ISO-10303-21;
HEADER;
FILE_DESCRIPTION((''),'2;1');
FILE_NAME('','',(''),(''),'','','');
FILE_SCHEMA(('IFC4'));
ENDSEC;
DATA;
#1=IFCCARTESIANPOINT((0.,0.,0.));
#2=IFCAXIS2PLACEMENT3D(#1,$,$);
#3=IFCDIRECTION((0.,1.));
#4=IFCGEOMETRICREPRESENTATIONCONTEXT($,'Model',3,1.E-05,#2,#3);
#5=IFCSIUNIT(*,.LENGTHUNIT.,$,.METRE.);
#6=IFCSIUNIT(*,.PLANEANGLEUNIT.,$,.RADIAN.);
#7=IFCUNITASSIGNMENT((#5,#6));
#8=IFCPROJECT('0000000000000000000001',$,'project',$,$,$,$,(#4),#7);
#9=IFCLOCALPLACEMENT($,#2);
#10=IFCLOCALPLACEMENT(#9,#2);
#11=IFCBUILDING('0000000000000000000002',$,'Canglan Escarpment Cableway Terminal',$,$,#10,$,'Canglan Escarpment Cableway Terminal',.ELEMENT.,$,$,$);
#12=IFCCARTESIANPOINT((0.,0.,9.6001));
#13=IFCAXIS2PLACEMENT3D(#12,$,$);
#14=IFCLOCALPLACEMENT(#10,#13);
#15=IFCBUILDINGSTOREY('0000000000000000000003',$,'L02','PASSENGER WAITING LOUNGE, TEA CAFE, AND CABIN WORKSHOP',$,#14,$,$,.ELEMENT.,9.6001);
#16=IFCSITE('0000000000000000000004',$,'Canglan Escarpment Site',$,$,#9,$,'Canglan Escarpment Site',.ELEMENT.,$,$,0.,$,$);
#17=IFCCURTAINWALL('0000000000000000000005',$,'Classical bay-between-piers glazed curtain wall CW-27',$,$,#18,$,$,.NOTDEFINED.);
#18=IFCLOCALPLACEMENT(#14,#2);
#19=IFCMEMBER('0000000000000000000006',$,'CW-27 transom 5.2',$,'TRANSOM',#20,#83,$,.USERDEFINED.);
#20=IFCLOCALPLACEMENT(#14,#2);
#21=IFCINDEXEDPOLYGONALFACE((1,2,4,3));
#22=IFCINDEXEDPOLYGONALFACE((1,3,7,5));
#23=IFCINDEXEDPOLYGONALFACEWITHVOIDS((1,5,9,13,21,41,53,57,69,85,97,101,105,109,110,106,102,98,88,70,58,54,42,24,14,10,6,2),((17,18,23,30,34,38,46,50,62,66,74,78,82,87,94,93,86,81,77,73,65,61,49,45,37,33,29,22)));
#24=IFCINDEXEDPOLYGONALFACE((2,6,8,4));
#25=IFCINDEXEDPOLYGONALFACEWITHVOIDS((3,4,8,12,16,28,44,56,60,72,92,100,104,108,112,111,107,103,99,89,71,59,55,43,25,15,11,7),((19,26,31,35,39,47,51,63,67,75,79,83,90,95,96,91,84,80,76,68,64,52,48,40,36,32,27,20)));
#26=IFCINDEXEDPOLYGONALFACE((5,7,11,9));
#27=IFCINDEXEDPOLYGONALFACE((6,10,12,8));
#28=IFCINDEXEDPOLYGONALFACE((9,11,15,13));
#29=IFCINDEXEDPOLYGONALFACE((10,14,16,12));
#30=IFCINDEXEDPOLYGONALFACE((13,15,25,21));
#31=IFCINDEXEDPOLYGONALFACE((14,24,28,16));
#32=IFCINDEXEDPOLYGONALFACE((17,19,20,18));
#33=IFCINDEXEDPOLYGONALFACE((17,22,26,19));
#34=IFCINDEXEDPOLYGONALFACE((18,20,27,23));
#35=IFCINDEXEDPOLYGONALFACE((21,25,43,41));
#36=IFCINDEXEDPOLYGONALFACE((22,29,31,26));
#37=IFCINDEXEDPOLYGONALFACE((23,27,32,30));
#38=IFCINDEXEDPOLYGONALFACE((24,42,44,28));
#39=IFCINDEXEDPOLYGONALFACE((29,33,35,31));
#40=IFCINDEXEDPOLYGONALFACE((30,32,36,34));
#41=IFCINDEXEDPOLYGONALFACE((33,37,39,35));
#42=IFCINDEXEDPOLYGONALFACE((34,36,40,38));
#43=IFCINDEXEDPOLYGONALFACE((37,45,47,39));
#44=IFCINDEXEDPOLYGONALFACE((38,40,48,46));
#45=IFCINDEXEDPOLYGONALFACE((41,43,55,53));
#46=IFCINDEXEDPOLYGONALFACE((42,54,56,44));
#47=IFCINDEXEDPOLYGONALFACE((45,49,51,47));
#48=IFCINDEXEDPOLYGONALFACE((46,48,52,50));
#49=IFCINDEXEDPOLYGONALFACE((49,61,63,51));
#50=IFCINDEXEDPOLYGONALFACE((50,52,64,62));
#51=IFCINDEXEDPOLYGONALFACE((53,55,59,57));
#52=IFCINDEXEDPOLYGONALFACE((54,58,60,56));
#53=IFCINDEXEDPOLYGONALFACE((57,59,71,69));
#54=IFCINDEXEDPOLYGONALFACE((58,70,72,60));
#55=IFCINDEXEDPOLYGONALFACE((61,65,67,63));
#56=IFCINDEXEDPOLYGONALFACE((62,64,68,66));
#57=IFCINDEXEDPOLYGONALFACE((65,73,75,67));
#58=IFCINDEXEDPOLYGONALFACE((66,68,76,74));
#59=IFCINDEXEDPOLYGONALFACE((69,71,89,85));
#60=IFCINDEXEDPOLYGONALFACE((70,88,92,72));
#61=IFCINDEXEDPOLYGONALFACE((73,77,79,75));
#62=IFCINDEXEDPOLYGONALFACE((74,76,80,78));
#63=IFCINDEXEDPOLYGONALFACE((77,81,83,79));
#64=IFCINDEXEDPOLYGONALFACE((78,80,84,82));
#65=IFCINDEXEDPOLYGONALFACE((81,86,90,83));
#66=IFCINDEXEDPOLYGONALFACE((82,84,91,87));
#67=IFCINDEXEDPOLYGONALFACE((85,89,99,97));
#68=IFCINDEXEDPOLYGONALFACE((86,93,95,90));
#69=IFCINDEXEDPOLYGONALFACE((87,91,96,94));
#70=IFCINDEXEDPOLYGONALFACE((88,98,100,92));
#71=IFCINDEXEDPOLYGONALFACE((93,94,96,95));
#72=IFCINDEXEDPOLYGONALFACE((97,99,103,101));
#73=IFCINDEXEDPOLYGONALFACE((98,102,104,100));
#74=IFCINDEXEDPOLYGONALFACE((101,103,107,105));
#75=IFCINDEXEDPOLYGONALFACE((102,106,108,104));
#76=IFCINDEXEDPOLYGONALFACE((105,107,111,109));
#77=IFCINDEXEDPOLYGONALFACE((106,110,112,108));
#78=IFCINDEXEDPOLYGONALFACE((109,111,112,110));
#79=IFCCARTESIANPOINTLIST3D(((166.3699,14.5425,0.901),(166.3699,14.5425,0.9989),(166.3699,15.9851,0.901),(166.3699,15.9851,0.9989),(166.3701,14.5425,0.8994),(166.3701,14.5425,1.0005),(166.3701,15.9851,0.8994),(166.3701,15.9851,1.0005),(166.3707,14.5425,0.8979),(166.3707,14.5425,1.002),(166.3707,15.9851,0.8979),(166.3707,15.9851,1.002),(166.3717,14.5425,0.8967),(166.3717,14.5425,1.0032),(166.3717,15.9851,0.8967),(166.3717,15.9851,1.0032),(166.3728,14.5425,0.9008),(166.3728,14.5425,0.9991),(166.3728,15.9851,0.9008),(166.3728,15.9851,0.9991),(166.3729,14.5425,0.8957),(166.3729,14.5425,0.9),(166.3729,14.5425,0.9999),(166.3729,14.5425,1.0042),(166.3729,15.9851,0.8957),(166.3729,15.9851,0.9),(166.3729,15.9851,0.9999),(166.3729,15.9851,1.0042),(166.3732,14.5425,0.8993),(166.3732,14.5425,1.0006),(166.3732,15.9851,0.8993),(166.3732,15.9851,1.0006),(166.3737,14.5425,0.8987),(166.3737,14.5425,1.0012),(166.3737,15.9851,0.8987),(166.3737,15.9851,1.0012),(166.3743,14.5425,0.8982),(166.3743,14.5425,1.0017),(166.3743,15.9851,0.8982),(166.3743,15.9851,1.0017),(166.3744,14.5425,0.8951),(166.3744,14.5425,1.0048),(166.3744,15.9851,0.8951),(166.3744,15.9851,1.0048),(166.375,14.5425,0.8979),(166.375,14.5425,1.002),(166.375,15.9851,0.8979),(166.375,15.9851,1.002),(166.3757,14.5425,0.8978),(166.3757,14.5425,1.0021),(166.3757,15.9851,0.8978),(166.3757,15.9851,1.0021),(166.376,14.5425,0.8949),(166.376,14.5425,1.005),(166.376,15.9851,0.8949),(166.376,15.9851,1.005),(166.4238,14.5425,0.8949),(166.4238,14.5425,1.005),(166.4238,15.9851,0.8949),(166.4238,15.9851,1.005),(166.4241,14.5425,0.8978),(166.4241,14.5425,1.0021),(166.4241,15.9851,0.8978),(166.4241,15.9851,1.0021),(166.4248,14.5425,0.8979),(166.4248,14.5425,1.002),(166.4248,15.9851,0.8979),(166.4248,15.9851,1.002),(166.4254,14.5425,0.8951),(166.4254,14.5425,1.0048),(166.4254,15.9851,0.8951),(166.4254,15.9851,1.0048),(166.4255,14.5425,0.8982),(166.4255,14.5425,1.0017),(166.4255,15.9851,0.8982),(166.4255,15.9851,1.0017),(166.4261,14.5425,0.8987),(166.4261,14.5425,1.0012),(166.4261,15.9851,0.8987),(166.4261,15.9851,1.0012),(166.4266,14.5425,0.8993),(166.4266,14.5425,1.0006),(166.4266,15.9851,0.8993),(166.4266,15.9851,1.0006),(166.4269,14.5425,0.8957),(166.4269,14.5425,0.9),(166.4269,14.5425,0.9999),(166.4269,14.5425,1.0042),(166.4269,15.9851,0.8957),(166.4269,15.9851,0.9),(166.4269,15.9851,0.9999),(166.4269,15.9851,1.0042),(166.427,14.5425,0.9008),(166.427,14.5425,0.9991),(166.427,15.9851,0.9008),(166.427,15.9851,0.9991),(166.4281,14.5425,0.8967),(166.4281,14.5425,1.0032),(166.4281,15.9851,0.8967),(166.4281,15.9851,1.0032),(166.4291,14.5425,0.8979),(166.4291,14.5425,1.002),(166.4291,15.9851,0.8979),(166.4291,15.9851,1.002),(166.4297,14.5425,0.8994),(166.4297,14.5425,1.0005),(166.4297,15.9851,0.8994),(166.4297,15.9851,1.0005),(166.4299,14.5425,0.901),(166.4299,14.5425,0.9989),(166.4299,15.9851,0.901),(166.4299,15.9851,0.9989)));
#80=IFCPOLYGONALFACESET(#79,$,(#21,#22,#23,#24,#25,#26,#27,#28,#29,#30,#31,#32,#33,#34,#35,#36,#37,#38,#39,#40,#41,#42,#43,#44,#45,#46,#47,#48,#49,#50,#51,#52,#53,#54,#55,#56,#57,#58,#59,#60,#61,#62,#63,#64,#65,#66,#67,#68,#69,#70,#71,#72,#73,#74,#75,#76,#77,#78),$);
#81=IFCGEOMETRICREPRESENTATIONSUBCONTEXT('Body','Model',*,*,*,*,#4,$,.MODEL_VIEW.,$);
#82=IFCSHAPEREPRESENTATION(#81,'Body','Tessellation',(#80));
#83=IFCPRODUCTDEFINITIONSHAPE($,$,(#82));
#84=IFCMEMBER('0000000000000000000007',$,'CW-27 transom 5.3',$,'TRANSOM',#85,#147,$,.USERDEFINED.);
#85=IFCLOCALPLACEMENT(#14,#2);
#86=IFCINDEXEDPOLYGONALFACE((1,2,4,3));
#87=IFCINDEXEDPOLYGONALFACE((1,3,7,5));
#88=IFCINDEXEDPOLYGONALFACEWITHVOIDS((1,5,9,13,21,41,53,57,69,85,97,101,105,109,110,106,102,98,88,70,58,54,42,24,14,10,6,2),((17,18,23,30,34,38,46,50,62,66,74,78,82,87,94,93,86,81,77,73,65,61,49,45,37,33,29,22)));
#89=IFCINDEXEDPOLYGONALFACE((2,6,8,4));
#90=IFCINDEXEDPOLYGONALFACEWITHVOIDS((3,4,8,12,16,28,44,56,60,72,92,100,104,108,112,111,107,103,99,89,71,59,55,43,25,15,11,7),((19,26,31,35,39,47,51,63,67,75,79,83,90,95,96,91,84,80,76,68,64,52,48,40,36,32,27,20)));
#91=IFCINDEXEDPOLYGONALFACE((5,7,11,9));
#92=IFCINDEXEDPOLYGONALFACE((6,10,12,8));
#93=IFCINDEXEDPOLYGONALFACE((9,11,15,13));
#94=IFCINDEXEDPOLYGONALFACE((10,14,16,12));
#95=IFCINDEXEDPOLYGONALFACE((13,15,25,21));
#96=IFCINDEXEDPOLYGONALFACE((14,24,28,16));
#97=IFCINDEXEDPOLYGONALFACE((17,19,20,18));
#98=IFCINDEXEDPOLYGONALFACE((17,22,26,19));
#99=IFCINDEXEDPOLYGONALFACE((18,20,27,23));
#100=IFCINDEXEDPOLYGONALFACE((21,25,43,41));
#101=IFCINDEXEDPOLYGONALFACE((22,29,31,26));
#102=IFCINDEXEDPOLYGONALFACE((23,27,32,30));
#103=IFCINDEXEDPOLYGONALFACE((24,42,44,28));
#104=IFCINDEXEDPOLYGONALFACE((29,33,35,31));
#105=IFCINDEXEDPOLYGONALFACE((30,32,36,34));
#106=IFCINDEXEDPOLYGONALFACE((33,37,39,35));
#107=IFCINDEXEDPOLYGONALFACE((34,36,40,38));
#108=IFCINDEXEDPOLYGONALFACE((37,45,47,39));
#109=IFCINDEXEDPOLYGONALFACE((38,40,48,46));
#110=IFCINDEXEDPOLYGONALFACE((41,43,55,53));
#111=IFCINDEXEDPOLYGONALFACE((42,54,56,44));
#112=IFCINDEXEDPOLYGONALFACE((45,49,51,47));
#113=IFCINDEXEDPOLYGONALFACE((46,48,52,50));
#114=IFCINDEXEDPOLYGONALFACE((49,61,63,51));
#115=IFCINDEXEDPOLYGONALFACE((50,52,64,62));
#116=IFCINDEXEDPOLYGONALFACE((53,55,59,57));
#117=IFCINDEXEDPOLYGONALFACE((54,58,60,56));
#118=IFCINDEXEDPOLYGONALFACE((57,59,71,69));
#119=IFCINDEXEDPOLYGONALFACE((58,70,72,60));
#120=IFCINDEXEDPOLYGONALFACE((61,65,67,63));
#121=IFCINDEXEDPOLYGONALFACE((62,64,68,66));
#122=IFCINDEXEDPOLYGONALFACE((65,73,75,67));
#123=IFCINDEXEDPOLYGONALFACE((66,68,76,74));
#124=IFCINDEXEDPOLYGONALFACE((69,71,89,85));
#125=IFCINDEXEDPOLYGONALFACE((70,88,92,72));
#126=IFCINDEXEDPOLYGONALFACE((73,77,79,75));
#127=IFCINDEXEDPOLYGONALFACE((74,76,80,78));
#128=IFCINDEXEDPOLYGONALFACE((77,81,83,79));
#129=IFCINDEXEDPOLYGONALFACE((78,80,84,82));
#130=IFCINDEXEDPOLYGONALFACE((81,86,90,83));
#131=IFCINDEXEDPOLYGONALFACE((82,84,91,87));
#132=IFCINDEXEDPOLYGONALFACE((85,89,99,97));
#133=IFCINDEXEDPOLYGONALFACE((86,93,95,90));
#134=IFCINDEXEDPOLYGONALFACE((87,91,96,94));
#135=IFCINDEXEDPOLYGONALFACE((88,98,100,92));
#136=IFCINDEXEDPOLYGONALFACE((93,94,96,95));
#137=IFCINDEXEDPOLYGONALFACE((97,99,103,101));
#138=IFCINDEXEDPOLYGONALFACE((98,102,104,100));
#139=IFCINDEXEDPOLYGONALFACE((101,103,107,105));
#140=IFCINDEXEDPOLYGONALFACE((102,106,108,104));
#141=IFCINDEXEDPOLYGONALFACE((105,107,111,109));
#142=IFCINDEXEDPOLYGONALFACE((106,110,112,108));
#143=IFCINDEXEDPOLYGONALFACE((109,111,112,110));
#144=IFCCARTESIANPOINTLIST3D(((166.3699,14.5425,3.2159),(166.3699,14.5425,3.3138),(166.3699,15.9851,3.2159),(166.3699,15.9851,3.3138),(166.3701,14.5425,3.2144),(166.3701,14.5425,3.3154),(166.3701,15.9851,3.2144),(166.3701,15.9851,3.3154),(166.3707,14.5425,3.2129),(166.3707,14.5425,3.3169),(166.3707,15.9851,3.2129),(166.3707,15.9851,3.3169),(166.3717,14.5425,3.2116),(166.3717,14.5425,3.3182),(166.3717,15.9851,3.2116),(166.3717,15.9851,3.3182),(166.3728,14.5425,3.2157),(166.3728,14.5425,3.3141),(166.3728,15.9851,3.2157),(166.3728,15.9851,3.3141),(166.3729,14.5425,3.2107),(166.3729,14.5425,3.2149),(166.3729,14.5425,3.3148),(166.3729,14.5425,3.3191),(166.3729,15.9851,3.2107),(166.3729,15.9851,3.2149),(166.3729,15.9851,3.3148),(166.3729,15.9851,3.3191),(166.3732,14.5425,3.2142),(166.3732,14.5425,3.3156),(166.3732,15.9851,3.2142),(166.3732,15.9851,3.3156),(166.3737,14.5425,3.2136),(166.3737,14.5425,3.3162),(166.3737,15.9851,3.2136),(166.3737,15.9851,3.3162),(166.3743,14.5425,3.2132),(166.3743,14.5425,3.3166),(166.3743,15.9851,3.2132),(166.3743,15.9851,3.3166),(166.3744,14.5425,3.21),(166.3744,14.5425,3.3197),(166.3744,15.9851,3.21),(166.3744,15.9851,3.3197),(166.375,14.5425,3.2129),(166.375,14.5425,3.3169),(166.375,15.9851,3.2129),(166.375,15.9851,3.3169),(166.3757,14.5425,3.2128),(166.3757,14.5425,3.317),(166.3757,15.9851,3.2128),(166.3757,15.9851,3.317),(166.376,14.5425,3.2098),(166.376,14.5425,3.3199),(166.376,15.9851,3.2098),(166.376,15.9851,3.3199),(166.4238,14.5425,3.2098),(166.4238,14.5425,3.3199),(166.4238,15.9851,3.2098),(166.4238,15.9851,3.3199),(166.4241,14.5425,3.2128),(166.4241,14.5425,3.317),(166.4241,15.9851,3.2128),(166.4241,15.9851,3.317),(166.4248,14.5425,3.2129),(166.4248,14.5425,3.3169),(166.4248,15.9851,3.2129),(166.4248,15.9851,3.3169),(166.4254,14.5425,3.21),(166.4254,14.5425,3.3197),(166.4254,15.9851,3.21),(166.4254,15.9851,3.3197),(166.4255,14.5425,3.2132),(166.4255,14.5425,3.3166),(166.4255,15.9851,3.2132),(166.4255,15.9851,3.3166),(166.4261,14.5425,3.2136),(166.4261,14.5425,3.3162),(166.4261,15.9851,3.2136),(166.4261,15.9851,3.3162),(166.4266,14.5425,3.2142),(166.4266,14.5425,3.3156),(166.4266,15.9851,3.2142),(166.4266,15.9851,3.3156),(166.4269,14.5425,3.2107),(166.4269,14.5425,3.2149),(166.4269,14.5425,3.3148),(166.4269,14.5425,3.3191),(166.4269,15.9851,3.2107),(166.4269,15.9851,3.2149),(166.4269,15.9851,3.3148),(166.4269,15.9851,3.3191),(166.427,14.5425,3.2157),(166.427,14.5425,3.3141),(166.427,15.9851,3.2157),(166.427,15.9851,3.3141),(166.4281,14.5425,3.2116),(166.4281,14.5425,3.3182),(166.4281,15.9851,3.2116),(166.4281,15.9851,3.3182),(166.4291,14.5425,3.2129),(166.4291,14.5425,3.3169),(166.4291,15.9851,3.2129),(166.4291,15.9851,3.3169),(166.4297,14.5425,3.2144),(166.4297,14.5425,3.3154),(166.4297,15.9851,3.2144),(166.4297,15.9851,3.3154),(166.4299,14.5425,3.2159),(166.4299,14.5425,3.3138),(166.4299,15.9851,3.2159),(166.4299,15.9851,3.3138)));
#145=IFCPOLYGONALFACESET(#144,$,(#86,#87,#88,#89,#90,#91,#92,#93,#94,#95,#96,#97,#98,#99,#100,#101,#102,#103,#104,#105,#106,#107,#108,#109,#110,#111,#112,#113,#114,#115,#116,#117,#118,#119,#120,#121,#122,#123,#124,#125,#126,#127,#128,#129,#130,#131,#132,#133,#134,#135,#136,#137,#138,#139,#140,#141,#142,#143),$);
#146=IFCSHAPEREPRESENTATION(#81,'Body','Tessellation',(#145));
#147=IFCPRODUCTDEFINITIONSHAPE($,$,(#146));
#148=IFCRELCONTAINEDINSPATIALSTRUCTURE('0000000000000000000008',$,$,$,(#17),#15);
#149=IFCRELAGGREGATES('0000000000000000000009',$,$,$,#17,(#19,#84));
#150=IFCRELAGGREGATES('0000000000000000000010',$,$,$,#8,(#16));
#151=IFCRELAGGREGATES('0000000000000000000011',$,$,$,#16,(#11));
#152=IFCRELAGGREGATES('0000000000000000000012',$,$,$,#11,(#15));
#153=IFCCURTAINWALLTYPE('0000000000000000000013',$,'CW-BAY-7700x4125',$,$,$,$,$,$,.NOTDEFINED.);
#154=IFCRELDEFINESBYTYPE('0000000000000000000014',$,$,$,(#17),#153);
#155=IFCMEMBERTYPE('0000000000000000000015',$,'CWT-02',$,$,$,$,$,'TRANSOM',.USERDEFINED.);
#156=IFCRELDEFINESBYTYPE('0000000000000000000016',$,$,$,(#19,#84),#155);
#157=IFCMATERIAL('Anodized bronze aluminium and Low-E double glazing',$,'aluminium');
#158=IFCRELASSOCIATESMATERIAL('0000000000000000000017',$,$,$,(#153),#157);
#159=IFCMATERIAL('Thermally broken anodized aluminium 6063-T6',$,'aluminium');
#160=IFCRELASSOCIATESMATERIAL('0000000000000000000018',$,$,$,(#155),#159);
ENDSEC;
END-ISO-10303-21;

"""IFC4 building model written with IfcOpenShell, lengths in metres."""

from ifc_helpers import new_model, si_unit, direction, frame, origin, origin_2d, place, context, subcontext, project, spatial, hollow_rectangle, extrude, material, material_profile, profile_set, type_object, element, aggregate, save


model = new_model("IFC4")

# Units and contexts
model_context = context("Model", 3, precision=1e-05, world=origin(), true_north=direction((0.0, 1.0)))
body_context = subcontext(model_context, "Body", "Model", "MODEL_VIEW")
ifc_project = project(units=[si_unit("LENGTHUNIT", "METRE"), si_unit("PLANEANGLEUNIT", "RADIAN")], contexts=[model_context])

# Site, building, storey
site_placement = place(None, origin())
site = spatial("IfcSite", under=ifc_project, at=site_placement, Name="Canglan Escarpment Site", LongName="Canglan Escarpment Site", CompositionType="ELEMENT", RefElevation=0.0)
building_placement = place(site_placement, origin())
building = spatial("IfcBuilding", under=site, at=building_placement, Name="Canglan Escarpment Cableway Terminal", LongName="Canglan Escarpment Cableway Terminal", CompositionType="ELEMENT")
storey_placement = place(building_placement, frame((0.0, 0.0, 9.6001)))
storey = spatial("IfcBuildingStorey", under=building, at=storey_placement, Name="L02", Description="PASSENGER WAITING LOUNGE, TEA CAFE, AND CABIN WORKSHOP", CompositionType="ELEMENT", Elevation=9.6001)

# Shared definitions
ifc_material_1 = material(Name="Anodized bronze aluminium and Low-E double glazing", Category="aluminium")
ifc_material_2 = material(Name="Thermally broken anodized aluminium 6063-T6", Category="aluminium")

# Curtain wall
curtain_wall_type_1 = type_object("IfcCurtainWallType", Name="CW-BAY-7700x4125", PredefinedType="NOTDEFINED", material=ifc_material_1)
curtain_wall_1_placement = place(storey_placement, origin())
curtain_wall_1 = element("IfcCurtainWall", 1, at=curtain_wall_1_placement, inside=storey, type_object=curtain_wall_type_1, Name="Classical bay-between-piers glazed curtain wall CW-27", PredefinedType="NOTDEFINED")

# Members
ifc_material_profile_1 = material_profile(ifc_material_2, hollow_rectangle(XDim=0.0601, YDim=0.1101, WallThickness=0.0029, InnerFilletRadius=0.0029, OuterFilletRadius=0.0061, at=origin_2d()), Name="ALU-TRAN 60x110x3")
ifc_profile_set_1 = profile_set([ifc_material_profile_1], Name="Thermally broken anodized aluminium 6063-T6")
member_type_1 = type_object("IfcMemberType", Name="CWT-02", ElementType="TRANSOM", PredefinedType="USERDEFINED", material=ifc_profile_set_1)
member_1_placement = place(storey_placement, frame((166.3999, 14.5425, 0.95), z_axis=(0.0, 1.0, 0.0), x_axis=(-1.0, 0.0, 0.0)))
member_1 = element("IfcMember", 2, at=member_1_placement, type_object=member_type_1, Name="CW-27 transom 5.2", ObjectType="TRANSOM", PredefinedType="USERDEFINED", context=body_context, shape_type="SweptSolid", body=[
    extrude(hollow_rectangle(XDim=0.0601, YDim=0.1101, WallThickness=0.0029, InnerFilletRadius=0.0029, OuterFilletRadius=0.0061, at=origin_2d()), origin(), (0.0, 0.0, 1.0), 1.4426),
])
member_2_placement = place(storey_placement, frame((166.3999, 14.5425, 3.2649), z_axis=(0.0, 1.0, 0.0), x_axis=(-1.0, 0.0, 0.0)))
member_2 = element("IfcMember", 3, at=member_2_placement, type_object=member_type_1, Name="CW-27 transom 5.3", ObjectType="TRANSOM", PredefinedType="USERDEFINED", context=body_context, shape_type="SweptSolid", body=[
    extrude(hollow_rectangle(XDim=0.0601, YDim=0.1101, WallThickness=0.0029, InnerFilletRadius=0.0029, OuterFilletRadius=0.0061, at=origin_2d()), origin(), (0.0, 0.0, 1.0), 1.4426),
])

aggregate(curtain_wall_1, [member_1, member_2])

save(model, "model.ifc")
